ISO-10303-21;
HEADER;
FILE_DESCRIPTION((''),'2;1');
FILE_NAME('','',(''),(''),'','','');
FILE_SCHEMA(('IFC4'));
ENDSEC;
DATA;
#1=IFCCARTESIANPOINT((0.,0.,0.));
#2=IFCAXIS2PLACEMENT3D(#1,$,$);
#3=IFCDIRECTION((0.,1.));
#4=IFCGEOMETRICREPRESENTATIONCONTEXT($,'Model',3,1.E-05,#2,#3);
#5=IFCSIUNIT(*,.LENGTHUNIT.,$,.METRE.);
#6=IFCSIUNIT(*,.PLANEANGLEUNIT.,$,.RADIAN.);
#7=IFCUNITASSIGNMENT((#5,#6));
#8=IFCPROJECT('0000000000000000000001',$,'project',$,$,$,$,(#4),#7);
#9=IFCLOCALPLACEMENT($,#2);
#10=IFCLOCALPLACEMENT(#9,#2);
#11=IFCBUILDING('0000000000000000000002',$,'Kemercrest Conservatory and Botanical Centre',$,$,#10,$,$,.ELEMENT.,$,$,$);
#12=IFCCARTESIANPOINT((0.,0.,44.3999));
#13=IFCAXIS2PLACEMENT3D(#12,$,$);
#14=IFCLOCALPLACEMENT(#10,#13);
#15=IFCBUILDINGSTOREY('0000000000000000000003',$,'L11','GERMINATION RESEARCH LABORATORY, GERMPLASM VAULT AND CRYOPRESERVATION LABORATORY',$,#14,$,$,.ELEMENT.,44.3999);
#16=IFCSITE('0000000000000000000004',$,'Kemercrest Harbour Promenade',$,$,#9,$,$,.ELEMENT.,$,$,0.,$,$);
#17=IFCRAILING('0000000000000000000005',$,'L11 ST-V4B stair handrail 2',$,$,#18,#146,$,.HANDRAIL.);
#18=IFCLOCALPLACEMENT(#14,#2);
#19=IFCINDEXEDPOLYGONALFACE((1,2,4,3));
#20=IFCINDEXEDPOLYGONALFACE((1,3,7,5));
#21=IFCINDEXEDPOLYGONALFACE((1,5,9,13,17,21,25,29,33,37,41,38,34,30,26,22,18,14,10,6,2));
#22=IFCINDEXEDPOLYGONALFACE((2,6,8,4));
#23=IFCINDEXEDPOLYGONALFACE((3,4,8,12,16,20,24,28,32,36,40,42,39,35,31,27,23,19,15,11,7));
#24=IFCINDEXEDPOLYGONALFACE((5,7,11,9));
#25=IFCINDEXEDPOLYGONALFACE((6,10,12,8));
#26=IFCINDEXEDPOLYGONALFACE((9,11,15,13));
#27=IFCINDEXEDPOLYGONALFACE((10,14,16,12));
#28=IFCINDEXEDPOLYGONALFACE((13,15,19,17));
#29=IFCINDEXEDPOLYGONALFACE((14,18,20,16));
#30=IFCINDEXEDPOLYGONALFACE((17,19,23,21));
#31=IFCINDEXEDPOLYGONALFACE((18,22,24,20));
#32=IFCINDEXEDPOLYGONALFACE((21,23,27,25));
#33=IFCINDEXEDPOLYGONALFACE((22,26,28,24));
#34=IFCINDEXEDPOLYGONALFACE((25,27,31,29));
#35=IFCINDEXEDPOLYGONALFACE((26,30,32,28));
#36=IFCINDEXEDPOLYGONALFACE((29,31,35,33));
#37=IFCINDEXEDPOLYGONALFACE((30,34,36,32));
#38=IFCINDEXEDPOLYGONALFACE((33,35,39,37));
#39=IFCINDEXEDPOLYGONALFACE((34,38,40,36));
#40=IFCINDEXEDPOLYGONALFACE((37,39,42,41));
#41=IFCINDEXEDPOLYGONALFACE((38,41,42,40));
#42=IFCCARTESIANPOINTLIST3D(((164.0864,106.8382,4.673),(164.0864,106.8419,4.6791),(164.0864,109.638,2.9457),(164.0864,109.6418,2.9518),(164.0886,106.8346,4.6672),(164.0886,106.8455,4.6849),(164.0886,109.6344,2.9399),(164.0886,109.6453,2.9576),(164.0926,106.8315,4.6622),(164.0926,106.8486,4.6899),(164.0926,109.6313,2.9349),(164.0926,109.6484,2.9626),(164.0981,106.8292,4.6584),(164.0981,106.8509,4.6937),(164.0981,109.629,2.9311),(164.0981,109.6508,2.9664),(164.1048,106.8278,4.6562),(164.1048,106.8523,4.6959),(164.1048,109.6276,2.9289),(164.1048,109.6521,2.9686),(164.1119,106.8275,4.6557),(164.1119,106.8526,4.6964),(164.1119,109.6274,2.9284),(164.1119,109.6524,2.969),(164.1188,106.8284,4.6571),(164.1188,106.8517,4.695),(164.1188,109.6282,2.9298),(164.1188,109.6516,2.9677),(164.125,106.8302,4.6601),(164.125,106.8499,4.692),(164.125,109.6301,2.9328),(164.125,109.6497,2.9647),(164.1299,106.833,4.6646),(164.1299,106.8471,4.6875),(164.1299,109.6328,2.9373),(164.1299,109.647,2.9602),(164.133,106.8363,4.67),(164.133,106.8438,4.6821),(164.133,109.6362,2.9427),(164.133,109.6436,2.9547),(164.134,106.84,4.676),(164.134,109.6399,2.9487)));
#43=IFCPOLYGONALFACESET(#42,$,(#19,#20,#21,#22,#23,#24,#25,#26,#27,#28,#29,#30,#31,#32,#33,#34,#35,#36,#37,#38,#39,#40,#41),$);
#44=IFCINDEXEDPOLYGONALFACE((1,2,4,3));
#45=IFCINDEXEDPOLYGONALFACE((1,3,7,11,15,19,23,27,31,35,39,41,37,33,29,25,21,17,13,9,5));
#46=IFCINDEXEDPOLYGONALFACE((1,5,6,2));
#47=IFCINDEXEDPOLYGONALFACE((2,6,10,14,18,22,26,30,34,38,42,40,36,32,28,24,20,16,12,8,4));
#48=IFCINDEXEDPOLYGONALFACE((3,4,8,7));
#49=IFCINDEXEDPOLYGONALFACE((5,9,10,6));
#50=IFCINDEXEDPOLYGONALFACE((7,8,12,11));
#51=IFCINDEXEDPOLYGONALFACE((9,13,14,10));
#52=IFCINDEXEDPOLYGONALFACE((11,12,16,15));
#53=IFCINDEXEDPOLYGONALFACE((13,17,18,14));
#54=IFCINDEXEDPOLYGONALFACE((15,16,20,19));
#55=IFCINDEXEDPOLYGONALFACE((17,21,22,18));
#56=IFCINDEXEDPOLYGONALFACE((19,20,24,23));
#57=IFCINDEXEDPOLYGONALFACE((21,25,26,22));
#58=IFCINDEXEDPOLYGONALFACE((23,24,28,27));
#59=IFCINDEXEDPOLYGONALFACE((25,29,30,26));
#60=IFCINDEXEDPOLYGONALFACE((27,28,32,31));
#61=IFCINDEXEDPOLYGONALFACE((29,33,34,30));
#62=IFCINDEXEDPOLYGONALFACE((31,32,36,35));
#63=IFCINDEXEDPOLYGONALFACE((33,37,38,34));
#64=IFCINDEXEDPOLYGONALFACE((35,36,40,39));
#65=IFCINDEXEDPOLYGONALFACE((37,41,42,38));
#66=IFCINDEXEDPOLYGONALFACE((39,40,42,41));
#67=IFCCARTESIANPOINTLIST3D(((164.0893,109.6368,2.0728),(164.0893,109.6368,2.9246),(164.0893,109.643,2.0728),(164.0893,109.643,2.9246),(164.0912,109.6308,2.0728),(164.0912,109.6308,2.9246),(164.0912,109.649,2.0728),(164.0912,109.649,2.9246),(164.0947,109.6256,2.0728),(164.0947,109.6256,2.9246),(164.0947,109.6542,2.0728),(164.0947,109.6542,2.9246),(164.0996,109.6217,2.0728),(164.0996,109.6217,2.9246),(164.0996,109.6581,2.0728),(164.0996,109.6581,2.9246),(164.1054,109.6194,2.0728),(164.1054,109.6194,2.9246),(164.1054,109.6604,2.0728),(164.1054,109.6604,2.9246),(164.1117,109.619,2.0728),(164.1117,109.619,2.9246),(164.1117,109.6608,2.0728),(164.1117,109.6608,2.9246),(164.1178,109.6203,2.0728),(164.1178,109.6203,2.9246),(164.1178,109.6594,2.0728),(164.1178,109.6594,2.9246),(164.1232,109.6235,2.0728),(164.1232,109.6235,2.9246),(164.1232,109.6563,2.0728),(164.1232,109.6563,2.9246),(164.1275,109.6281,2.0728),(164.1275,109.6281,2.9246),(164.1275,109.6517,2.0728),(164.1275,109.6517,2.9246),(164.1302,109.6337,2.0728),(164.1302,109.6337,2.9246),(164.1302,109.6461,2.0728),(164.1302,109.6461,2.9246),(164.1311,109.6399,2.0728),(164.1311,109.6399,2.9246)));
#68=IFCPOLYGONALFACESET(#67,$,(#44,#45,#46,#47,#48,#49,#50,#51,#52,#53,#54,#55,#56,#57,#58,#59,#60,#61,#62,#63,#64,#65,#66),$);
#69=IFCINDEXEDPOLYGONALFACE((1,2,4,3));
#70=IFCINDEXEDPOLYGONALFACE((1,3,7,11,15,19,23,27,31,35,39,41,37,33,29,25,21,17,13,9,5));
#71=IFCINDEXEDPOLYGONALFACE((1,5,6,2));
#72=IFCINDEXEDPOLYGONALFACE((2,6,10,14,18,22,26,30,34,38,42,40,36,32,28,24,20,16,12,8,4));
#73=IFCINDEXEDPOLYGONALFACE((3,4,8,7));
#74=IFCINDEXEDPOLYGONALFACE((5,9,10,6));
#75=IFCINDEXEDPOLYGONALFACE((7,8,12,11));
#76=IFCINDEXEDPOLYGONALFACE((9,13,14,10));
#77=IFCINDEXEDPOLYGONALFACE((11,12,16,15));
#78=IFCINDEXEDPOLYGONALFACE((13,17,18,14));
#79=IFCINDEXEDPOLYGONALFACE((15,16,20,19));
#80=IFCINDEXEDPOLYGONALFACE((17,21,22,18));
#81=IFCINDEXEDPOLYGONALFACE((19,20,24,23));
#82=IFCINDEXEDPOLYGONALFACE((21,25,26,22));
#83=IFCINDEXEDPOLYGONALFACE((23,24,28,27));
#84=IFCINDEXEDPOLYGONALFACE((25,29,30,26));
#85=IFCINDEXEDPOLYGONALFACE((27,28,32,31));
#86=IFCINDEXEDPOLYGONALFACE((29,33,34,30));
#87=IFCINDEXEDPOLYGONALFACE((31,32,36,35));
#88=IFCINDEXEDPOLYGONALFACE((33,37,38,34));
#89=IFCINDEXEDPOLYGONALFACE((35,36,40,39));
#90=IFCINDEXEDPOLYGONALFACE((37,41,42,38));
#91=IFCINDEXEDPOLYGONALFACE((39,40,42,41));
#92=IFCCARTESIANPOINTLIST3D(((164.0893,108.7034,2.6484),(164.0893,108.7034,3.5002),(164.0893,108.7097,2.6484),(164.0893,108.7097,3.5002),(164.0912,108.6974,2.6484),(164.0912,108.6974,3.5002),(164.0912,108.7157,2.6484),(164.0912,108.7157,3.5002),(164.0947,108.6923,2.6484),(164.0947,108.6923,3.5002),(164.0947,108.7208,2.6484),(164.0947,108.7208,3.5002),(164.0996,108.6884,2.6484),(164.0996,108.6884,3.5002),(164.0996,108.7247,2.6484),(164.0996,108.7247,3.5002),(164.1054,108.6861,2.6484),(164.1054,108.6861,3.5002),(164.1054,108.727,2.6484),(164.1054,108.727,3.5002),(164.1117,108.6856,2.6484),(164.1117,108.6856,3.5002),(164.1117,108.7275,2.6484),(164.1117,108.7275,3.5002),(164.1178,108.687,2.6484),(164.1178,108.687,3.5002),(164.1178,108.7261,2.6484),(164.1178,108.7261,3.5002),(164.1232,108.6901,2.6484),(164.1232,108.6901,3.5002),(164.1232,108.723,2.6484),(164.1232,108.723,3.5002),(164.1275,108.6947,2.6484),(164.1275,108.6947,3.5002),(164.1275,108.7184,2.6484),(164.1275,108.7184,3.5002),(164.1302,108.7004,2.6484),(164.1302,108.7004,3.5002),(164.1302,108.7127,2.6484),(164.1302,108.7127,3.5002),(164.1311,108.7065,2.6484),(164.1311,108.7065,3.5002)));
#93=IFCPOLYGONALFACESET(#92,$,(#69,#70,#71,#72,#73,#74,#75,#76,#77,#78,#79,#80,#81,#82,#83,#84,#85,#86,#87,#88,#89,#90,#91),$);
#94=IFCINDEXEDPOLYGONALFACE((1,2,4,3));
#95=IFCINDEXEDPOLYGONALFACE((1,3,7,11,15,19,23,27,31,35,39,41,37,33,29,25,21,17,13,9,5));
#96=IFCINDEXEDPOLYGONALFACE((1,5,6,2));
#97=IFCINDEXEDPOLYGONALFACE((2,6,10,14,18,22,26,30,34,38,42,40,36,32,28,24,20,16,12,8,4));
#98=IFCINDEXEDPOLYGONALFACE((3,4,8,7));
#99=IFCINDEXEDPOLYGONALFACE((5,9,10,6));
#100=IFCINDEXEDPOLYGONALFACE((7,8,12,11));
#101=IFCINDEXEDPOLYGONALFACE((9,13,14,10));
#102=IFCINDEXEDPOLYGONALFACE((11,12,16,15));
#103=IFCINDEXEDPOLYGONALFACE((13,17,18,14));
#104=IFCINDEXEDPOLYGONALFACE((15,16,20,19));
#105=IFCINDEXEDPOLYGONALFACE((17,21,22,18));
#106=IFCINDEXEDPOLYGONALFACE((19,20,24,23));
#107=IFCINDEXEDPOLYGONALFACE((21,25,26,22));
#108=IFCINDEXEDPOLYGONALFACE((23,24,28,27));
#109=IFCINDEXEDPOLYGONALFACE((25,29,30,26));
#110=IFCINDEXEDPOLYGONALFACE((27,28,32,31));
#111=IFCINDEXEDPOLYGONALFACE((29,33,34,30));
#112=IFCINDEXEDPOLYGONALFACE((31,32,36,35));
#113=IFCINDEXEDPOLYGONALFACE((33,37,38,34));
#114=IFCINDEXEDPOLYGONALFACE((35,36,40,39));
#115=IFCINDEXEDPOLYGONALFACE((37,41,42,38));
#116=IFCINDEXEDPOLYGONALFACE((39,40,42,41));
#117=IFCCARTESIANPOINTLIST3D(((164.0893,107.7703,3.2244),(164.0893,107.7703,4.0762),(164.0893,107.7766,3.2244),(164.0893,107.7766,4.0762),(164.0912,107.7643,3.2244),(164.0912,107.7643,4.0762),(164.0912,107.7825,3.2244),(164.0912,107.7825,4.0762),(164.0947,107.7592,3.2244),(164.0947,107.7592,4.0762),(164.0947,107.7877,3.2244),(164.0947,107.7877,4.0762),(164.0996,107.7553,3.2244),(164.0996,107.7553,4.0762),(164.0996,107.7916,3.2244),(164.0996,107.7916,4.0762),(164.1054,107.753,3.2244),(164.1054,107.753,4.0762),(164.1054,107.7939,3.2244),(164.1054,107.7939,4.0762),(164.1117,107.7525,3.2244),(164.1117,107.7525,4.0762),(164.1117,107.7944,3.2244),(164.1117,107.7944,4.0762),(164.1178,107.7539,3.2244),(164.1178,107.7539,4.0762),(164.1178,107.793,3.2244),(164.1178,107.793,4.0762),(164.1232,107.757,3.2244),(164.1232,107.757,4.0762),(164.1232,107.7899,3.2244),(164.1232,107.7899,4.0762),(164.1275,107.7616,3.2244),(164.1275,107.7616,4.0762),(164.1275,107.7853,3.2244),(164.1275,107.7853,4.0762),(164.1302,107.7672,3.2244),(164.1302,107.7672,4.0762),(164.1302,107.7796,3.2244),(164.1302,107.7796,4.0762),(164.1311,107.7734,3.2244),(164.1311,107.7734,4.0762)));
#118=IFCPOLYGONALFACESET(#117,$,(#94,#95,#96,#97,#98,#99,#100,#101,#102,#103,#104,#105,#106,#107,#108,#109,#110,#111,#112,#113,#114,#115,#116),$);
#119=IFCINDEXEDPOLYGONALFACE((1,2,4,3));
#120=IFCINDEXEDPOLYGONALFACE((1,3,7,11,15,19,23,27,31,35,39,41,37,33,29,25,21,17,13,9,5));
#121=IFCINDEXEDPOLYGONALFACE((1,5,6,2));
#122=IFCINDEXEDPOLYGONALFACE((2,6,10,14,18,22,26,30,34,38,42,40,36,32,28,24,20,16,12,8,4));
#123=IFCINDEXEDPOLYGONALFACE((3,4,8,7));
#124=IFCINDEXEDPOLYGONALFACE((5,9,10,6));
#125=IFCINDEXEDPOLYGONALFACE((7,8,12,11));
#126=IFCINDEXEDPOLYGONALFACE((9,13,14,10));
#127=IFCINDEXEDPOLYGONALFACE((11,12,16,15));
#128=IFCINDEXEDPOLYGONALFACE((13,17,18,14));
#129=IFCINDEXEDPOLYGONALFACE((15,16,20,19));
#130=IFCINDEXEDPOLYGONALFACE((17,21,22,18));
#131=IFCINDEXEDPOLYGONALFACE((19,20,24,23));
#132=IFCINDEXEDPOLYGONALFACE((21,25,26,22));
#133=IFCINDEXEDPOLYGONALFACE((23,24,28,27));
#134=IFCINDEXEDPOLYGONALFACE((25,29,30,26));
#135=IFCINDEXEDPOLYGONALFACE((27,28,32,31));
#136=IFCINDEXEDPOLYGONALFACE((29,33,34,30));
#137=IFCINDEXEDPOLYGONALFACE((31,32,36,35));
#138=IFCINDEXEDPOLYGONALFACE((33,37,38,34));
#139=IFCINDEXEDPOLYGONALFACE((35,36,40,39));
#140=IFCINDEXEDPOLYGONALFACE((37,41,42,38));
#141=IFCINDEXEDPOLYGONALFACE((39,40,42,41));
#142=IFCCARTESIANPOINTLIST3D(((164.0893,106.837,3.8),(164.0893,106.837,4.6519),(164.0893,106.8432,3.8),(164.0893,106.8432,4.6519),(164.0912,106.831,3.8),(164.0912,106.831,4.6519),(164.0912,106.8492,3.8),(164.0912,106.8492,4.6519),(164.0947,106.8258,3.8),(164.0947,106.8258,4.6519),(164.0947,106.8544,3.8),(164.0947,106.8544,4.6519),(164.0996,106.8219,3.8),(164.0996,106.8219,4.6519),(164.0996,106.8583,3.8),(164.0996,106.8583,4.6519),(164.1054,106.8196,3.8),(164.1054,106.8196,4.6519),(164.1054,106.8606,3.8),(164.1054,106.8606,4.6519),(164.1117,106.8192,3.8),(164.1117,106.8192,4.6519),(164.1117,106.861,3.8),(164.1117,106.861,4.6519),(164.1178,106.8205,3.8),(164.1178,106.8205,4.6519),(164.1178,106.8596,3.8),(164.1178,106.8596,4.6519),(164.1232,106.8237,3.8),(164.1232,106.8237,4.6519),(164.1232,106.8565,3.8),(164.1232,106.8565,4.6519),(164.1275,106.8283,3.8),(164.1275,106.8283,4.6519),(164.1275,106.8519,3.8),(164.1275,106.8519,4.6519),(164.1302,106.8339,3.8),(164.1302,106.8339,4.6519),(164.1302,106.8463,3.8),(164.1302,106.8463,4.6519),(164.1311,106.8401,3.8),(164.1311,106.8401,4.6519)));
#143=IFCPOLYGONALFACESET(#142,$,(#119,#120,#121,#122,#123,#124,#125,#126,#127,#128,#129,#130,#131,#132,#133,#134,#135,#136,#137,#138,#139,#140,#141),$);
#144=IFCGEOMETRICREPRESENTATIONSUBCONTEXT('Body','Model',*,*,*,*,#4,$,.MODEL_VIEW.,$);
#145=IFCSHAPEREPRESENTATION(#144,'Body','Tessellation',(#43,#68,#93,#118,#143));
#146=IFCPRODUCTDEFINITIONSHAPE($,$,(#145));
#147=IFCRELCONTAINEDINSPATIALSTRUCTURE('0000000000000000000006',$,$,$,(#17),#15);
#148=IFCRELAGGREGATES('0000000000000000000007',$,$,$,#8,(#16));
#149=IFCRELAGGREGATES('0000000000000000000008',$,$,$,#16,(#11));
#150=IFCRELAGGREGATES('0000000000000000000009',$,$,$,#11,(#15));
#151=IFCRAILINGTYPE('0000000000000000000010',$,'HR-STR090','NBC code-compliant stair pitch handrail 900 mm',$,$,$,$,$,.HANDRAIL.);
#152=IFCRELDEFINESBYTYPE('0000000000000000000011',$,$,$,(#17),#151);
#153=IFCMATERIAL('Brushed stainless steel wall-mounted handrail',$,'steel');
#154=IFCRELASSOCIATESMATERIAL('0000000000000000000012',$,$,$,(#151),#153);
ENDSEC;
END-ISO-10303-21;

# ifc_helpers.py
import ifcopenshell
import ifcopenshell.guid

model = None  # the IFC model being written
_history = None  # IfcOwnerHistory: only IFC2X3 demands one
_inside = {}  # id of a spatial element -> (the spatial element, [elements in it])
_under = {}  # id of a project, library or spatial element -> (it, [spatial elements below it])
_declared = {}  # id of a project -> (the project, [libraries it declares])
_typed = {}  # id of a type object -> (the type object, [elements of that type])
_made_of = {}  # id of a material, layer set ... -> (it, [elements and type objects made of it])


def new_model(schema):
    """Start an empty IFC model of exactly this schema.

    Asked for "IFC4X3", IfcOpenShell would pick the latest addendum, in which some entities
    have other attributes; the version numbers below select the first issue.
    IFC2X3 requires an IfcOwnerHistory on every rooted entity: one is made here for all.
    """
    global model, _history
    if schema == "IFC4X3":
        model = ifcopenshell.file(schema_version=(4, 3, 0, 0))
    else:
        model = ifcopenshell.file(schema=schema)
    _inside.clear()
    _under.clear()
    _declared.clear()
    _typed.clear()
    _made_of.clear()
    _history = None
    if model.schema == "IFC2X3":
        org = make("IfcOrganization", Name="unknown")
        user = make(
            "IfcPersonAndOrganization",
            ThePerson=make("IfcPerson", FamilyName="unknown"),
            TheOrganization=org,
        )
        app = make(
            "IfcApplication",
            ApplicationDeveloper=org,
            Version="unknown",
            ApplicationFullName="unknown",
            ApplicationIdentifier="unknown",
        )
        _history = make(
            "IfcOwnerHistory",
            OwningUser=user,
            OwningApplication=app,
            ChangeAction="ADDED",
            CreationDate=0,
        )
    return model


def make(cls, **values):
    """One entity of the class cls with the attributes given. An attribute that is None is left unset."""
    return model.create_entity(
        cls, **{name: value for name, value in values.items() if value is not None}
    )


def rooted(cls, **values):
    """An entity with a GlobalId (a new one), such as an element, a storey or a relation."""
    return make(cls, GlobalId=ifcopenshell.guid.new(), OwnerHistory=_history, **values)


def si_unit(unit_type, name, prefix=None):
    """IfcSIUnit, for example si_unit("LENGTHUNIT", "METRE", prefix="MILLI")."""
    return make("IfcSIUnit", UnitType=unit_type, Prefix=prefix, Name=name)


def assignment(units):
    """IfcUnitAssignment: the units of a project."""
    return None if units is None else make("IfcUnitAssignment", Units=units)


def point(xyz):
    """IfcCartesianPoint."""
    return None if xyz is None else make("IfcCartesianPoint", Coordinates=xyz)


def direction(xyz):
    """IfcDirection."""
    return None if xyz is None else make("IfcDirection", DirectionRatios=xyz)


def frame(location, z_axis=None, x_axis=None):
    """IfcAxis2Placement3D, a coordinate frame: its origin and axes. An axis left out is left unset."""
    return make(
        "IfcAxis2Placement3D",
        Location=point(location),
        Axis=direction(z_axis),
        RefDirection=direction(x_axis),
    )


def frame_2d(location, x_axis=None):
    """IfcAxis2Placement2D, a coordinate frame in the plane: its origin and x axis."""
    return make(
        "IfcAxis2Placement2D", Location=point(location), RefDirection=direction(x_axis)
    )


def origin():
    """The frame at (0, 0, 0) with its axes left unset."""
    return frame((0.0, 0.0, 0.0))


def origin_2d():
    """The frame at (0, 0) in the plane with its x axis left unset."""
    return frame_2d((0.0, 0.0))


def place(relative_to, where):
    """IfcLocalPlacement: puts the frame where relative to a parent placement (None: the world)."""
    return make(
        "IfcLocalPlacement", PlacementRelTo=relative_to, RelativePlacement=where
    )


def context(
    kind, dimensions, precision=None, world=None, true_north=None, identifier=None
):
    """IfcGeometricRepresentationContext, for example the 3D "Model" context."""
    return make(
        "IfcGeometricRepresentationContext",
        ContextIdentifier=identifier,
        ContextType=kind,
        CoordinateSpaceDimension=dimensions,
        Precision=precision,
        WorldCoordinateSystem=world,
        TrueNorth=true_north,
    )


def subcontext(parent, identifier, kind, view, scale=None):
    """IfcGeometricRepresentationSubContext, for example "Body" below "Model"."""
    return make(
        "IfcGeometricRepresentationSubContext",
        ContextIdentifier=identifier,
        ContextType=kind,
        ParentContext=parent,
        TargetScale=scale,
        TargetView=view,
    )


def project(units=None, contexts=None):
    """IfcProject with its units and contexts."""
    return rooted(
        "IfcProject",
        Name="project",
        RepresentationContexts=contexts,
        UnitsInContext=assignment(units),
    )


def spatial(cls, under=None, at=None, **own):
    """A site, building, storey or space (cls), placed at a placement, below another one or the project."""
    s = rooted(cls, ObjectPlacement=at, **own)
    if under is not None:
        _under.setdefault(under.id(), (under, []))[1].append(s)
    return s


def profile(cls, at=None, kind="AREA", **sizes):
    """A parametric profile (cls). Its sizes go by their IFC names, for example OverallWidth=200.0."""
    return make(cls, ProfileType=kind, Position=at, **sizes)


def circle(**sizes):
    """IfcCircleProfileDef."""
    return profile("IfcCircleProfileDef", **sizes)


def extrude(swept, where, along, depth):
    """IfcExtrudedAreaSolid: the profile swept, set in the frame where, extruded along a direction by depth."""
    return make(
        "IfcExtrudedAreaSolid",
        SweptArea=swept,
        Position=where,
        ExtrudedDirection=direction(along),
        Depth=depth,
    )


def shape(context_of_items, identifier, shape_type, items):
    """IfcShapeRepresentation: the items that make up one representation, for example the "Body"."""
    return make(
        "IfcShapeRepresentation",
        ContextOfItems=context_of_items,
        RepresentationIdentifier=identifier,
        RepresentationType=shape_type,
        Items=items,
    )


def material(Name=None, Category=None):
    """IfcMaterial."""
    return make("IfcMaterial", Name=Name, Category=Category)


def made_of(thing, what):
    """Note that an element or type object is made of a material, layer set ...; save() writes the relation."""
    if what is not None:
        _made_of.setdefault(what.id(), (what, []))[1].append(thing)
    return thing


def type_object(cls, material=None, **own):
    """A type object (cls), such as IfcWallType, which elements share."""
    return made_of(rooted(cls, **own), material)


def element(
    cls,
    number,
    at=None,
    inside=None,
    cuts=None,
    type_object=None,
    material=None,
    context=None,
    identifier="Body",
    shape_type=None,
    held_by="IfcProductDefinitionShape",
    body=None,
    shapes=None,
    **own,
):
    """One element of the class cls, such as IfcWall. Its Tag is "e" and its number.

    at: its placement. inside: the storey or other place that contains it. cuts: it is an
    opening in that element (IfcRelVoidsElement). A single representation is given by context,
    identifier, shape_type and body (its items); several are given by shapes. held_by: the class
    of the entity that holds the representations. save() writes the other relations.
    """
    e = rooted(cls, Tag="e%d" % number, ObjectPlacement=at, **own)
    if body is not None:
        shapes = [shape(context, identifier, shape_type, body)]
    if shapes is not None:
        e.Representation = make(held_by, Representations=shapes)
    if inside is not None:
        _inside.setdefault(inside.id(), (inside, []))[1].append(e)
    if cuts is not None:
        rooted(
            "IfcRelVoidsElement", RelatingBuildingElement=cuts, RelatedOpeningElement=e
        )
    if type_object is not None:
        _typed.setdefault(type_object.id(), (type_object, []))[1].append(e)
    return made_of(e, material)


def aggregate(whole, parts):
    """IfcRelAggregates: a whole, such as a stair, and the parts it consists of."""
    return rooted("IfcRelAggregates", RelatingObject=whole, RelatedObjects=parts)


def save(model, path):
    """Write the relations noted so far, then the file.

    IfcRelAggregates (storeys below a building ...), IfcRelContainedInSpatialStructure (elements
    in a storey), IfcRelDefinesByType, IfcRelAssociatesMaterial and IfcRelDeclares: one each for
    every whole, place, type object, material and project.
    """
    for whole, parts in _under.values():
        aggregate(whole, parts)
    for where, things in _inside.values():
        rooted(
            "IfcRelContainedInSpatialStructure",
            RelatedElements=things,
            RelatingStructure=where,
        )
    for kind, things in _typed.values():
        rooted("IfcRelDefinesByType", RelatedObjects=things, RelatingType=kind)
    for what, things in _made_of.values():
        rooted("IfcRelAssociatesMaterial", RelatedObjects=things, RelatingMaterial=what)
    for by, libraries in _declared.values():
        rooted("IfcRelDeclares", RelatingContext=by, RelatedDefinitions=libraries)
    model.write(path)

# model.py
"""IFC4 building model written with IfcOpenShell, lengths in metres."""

from ifc_helpers import new_model, si_unit, direction, frame, origin, origin_2d, place, context, subcontext, project, spatial, circle, extrude, material, type_object, element, save


model = new_model("IFC4")

# Units and contexts
model_context = context("Model", 3, precision=1e-05, world=origin(), true_north=direction((0.0, 1.0)))
body_context = subcontext(model_context, "Body", "Model", "MODEL_VIEW")
ifc_project = project(units=[si_unit("LENGTHUNIT", "METRE"), si_unit("PLANEANGLEUNIT", "RADIAN")], contexts=[model_context])

# Site, building, storey
site_placement = place(None, origin())
site = spatial("IfcSite", under=ifc_project, at=site_placement, Name="Kemercrest Harbour Promenade", CompositionType="ELEMENT", RefElevation=0.0)
building_placement = place(site_placement, origin())
building = spatial("IfcBuilding", under=site, at=building_placement, Name="Kemercrest Conservatory and Botanical Centre", CompositionType="ELEMENT")
storey_placement = place(building_placement, frame((0.0, 0.0, 44.3999)))
storey = spatial("IfcBuildingStorey", under=building, at=storey_placement, Name="L11", Description="GERMINATION RESEARCH LABORATORY, GERMPLASM VAULT AND CRYOPRESERVATION LABORATORY", CompositionType="ELEMENT", Elevation=44.3999)

# Railing
ifc_material_1 = material(Name="Brushed stainless steel wall-mounted handrail", Category="steel")
railing_type_1 = type_object("IfcRailingType", Name="HR-STR090", Description="NBC code-compliant stair pitch handrail 900 mm", PredefinedType="HANDRAIL", material=ifc_material_1)
railing_1_placement = place(storey_placement, frame((164.1101, 109.6399, 2.0728)))
element("IfcRailing", 1, at=railing_1_placement, inside=storey, type_object=railing_type_1, Name="L11 ST-V4B stair handrail 2", PredefinedType="HANDRAIL", context=body_context, shape_type="SweptSolid", body=[
    extrude(circle(Radius=0.0239, at=origin_2d()), frame((0.0, 0.0, 0.876), z_axis=(0.0, -0.851069, 0.525054), x_axis=(1.0, 0.0, 0.0)), (0.0, 0.0, 1.0), 3.2898),
    extrude(circle(Radius=0.021, at=origin_2d()), origin(), (0.0, 0.0, 1.0), 0.8518),
    extrude(circle(Radius=0.021, at=origin_2d()), frame((0.0, -0.9333, 0.5757)), (0.0, 0.0, 1.0), 0.8518),
    extrude(circle(Radius=0.021, at=origin_2d()), frame((0.0, -1.8665, 1.1516)), (0.0, 0.0, 1.0), 0.8518),
    extrude(circle(Radius=0.021, at=origin_2d()), frame((0.0, -2.7998, 1.7273)), (0.0, 0.0, 1.0), 0.8518),
])

save(model, "model.ifc")
